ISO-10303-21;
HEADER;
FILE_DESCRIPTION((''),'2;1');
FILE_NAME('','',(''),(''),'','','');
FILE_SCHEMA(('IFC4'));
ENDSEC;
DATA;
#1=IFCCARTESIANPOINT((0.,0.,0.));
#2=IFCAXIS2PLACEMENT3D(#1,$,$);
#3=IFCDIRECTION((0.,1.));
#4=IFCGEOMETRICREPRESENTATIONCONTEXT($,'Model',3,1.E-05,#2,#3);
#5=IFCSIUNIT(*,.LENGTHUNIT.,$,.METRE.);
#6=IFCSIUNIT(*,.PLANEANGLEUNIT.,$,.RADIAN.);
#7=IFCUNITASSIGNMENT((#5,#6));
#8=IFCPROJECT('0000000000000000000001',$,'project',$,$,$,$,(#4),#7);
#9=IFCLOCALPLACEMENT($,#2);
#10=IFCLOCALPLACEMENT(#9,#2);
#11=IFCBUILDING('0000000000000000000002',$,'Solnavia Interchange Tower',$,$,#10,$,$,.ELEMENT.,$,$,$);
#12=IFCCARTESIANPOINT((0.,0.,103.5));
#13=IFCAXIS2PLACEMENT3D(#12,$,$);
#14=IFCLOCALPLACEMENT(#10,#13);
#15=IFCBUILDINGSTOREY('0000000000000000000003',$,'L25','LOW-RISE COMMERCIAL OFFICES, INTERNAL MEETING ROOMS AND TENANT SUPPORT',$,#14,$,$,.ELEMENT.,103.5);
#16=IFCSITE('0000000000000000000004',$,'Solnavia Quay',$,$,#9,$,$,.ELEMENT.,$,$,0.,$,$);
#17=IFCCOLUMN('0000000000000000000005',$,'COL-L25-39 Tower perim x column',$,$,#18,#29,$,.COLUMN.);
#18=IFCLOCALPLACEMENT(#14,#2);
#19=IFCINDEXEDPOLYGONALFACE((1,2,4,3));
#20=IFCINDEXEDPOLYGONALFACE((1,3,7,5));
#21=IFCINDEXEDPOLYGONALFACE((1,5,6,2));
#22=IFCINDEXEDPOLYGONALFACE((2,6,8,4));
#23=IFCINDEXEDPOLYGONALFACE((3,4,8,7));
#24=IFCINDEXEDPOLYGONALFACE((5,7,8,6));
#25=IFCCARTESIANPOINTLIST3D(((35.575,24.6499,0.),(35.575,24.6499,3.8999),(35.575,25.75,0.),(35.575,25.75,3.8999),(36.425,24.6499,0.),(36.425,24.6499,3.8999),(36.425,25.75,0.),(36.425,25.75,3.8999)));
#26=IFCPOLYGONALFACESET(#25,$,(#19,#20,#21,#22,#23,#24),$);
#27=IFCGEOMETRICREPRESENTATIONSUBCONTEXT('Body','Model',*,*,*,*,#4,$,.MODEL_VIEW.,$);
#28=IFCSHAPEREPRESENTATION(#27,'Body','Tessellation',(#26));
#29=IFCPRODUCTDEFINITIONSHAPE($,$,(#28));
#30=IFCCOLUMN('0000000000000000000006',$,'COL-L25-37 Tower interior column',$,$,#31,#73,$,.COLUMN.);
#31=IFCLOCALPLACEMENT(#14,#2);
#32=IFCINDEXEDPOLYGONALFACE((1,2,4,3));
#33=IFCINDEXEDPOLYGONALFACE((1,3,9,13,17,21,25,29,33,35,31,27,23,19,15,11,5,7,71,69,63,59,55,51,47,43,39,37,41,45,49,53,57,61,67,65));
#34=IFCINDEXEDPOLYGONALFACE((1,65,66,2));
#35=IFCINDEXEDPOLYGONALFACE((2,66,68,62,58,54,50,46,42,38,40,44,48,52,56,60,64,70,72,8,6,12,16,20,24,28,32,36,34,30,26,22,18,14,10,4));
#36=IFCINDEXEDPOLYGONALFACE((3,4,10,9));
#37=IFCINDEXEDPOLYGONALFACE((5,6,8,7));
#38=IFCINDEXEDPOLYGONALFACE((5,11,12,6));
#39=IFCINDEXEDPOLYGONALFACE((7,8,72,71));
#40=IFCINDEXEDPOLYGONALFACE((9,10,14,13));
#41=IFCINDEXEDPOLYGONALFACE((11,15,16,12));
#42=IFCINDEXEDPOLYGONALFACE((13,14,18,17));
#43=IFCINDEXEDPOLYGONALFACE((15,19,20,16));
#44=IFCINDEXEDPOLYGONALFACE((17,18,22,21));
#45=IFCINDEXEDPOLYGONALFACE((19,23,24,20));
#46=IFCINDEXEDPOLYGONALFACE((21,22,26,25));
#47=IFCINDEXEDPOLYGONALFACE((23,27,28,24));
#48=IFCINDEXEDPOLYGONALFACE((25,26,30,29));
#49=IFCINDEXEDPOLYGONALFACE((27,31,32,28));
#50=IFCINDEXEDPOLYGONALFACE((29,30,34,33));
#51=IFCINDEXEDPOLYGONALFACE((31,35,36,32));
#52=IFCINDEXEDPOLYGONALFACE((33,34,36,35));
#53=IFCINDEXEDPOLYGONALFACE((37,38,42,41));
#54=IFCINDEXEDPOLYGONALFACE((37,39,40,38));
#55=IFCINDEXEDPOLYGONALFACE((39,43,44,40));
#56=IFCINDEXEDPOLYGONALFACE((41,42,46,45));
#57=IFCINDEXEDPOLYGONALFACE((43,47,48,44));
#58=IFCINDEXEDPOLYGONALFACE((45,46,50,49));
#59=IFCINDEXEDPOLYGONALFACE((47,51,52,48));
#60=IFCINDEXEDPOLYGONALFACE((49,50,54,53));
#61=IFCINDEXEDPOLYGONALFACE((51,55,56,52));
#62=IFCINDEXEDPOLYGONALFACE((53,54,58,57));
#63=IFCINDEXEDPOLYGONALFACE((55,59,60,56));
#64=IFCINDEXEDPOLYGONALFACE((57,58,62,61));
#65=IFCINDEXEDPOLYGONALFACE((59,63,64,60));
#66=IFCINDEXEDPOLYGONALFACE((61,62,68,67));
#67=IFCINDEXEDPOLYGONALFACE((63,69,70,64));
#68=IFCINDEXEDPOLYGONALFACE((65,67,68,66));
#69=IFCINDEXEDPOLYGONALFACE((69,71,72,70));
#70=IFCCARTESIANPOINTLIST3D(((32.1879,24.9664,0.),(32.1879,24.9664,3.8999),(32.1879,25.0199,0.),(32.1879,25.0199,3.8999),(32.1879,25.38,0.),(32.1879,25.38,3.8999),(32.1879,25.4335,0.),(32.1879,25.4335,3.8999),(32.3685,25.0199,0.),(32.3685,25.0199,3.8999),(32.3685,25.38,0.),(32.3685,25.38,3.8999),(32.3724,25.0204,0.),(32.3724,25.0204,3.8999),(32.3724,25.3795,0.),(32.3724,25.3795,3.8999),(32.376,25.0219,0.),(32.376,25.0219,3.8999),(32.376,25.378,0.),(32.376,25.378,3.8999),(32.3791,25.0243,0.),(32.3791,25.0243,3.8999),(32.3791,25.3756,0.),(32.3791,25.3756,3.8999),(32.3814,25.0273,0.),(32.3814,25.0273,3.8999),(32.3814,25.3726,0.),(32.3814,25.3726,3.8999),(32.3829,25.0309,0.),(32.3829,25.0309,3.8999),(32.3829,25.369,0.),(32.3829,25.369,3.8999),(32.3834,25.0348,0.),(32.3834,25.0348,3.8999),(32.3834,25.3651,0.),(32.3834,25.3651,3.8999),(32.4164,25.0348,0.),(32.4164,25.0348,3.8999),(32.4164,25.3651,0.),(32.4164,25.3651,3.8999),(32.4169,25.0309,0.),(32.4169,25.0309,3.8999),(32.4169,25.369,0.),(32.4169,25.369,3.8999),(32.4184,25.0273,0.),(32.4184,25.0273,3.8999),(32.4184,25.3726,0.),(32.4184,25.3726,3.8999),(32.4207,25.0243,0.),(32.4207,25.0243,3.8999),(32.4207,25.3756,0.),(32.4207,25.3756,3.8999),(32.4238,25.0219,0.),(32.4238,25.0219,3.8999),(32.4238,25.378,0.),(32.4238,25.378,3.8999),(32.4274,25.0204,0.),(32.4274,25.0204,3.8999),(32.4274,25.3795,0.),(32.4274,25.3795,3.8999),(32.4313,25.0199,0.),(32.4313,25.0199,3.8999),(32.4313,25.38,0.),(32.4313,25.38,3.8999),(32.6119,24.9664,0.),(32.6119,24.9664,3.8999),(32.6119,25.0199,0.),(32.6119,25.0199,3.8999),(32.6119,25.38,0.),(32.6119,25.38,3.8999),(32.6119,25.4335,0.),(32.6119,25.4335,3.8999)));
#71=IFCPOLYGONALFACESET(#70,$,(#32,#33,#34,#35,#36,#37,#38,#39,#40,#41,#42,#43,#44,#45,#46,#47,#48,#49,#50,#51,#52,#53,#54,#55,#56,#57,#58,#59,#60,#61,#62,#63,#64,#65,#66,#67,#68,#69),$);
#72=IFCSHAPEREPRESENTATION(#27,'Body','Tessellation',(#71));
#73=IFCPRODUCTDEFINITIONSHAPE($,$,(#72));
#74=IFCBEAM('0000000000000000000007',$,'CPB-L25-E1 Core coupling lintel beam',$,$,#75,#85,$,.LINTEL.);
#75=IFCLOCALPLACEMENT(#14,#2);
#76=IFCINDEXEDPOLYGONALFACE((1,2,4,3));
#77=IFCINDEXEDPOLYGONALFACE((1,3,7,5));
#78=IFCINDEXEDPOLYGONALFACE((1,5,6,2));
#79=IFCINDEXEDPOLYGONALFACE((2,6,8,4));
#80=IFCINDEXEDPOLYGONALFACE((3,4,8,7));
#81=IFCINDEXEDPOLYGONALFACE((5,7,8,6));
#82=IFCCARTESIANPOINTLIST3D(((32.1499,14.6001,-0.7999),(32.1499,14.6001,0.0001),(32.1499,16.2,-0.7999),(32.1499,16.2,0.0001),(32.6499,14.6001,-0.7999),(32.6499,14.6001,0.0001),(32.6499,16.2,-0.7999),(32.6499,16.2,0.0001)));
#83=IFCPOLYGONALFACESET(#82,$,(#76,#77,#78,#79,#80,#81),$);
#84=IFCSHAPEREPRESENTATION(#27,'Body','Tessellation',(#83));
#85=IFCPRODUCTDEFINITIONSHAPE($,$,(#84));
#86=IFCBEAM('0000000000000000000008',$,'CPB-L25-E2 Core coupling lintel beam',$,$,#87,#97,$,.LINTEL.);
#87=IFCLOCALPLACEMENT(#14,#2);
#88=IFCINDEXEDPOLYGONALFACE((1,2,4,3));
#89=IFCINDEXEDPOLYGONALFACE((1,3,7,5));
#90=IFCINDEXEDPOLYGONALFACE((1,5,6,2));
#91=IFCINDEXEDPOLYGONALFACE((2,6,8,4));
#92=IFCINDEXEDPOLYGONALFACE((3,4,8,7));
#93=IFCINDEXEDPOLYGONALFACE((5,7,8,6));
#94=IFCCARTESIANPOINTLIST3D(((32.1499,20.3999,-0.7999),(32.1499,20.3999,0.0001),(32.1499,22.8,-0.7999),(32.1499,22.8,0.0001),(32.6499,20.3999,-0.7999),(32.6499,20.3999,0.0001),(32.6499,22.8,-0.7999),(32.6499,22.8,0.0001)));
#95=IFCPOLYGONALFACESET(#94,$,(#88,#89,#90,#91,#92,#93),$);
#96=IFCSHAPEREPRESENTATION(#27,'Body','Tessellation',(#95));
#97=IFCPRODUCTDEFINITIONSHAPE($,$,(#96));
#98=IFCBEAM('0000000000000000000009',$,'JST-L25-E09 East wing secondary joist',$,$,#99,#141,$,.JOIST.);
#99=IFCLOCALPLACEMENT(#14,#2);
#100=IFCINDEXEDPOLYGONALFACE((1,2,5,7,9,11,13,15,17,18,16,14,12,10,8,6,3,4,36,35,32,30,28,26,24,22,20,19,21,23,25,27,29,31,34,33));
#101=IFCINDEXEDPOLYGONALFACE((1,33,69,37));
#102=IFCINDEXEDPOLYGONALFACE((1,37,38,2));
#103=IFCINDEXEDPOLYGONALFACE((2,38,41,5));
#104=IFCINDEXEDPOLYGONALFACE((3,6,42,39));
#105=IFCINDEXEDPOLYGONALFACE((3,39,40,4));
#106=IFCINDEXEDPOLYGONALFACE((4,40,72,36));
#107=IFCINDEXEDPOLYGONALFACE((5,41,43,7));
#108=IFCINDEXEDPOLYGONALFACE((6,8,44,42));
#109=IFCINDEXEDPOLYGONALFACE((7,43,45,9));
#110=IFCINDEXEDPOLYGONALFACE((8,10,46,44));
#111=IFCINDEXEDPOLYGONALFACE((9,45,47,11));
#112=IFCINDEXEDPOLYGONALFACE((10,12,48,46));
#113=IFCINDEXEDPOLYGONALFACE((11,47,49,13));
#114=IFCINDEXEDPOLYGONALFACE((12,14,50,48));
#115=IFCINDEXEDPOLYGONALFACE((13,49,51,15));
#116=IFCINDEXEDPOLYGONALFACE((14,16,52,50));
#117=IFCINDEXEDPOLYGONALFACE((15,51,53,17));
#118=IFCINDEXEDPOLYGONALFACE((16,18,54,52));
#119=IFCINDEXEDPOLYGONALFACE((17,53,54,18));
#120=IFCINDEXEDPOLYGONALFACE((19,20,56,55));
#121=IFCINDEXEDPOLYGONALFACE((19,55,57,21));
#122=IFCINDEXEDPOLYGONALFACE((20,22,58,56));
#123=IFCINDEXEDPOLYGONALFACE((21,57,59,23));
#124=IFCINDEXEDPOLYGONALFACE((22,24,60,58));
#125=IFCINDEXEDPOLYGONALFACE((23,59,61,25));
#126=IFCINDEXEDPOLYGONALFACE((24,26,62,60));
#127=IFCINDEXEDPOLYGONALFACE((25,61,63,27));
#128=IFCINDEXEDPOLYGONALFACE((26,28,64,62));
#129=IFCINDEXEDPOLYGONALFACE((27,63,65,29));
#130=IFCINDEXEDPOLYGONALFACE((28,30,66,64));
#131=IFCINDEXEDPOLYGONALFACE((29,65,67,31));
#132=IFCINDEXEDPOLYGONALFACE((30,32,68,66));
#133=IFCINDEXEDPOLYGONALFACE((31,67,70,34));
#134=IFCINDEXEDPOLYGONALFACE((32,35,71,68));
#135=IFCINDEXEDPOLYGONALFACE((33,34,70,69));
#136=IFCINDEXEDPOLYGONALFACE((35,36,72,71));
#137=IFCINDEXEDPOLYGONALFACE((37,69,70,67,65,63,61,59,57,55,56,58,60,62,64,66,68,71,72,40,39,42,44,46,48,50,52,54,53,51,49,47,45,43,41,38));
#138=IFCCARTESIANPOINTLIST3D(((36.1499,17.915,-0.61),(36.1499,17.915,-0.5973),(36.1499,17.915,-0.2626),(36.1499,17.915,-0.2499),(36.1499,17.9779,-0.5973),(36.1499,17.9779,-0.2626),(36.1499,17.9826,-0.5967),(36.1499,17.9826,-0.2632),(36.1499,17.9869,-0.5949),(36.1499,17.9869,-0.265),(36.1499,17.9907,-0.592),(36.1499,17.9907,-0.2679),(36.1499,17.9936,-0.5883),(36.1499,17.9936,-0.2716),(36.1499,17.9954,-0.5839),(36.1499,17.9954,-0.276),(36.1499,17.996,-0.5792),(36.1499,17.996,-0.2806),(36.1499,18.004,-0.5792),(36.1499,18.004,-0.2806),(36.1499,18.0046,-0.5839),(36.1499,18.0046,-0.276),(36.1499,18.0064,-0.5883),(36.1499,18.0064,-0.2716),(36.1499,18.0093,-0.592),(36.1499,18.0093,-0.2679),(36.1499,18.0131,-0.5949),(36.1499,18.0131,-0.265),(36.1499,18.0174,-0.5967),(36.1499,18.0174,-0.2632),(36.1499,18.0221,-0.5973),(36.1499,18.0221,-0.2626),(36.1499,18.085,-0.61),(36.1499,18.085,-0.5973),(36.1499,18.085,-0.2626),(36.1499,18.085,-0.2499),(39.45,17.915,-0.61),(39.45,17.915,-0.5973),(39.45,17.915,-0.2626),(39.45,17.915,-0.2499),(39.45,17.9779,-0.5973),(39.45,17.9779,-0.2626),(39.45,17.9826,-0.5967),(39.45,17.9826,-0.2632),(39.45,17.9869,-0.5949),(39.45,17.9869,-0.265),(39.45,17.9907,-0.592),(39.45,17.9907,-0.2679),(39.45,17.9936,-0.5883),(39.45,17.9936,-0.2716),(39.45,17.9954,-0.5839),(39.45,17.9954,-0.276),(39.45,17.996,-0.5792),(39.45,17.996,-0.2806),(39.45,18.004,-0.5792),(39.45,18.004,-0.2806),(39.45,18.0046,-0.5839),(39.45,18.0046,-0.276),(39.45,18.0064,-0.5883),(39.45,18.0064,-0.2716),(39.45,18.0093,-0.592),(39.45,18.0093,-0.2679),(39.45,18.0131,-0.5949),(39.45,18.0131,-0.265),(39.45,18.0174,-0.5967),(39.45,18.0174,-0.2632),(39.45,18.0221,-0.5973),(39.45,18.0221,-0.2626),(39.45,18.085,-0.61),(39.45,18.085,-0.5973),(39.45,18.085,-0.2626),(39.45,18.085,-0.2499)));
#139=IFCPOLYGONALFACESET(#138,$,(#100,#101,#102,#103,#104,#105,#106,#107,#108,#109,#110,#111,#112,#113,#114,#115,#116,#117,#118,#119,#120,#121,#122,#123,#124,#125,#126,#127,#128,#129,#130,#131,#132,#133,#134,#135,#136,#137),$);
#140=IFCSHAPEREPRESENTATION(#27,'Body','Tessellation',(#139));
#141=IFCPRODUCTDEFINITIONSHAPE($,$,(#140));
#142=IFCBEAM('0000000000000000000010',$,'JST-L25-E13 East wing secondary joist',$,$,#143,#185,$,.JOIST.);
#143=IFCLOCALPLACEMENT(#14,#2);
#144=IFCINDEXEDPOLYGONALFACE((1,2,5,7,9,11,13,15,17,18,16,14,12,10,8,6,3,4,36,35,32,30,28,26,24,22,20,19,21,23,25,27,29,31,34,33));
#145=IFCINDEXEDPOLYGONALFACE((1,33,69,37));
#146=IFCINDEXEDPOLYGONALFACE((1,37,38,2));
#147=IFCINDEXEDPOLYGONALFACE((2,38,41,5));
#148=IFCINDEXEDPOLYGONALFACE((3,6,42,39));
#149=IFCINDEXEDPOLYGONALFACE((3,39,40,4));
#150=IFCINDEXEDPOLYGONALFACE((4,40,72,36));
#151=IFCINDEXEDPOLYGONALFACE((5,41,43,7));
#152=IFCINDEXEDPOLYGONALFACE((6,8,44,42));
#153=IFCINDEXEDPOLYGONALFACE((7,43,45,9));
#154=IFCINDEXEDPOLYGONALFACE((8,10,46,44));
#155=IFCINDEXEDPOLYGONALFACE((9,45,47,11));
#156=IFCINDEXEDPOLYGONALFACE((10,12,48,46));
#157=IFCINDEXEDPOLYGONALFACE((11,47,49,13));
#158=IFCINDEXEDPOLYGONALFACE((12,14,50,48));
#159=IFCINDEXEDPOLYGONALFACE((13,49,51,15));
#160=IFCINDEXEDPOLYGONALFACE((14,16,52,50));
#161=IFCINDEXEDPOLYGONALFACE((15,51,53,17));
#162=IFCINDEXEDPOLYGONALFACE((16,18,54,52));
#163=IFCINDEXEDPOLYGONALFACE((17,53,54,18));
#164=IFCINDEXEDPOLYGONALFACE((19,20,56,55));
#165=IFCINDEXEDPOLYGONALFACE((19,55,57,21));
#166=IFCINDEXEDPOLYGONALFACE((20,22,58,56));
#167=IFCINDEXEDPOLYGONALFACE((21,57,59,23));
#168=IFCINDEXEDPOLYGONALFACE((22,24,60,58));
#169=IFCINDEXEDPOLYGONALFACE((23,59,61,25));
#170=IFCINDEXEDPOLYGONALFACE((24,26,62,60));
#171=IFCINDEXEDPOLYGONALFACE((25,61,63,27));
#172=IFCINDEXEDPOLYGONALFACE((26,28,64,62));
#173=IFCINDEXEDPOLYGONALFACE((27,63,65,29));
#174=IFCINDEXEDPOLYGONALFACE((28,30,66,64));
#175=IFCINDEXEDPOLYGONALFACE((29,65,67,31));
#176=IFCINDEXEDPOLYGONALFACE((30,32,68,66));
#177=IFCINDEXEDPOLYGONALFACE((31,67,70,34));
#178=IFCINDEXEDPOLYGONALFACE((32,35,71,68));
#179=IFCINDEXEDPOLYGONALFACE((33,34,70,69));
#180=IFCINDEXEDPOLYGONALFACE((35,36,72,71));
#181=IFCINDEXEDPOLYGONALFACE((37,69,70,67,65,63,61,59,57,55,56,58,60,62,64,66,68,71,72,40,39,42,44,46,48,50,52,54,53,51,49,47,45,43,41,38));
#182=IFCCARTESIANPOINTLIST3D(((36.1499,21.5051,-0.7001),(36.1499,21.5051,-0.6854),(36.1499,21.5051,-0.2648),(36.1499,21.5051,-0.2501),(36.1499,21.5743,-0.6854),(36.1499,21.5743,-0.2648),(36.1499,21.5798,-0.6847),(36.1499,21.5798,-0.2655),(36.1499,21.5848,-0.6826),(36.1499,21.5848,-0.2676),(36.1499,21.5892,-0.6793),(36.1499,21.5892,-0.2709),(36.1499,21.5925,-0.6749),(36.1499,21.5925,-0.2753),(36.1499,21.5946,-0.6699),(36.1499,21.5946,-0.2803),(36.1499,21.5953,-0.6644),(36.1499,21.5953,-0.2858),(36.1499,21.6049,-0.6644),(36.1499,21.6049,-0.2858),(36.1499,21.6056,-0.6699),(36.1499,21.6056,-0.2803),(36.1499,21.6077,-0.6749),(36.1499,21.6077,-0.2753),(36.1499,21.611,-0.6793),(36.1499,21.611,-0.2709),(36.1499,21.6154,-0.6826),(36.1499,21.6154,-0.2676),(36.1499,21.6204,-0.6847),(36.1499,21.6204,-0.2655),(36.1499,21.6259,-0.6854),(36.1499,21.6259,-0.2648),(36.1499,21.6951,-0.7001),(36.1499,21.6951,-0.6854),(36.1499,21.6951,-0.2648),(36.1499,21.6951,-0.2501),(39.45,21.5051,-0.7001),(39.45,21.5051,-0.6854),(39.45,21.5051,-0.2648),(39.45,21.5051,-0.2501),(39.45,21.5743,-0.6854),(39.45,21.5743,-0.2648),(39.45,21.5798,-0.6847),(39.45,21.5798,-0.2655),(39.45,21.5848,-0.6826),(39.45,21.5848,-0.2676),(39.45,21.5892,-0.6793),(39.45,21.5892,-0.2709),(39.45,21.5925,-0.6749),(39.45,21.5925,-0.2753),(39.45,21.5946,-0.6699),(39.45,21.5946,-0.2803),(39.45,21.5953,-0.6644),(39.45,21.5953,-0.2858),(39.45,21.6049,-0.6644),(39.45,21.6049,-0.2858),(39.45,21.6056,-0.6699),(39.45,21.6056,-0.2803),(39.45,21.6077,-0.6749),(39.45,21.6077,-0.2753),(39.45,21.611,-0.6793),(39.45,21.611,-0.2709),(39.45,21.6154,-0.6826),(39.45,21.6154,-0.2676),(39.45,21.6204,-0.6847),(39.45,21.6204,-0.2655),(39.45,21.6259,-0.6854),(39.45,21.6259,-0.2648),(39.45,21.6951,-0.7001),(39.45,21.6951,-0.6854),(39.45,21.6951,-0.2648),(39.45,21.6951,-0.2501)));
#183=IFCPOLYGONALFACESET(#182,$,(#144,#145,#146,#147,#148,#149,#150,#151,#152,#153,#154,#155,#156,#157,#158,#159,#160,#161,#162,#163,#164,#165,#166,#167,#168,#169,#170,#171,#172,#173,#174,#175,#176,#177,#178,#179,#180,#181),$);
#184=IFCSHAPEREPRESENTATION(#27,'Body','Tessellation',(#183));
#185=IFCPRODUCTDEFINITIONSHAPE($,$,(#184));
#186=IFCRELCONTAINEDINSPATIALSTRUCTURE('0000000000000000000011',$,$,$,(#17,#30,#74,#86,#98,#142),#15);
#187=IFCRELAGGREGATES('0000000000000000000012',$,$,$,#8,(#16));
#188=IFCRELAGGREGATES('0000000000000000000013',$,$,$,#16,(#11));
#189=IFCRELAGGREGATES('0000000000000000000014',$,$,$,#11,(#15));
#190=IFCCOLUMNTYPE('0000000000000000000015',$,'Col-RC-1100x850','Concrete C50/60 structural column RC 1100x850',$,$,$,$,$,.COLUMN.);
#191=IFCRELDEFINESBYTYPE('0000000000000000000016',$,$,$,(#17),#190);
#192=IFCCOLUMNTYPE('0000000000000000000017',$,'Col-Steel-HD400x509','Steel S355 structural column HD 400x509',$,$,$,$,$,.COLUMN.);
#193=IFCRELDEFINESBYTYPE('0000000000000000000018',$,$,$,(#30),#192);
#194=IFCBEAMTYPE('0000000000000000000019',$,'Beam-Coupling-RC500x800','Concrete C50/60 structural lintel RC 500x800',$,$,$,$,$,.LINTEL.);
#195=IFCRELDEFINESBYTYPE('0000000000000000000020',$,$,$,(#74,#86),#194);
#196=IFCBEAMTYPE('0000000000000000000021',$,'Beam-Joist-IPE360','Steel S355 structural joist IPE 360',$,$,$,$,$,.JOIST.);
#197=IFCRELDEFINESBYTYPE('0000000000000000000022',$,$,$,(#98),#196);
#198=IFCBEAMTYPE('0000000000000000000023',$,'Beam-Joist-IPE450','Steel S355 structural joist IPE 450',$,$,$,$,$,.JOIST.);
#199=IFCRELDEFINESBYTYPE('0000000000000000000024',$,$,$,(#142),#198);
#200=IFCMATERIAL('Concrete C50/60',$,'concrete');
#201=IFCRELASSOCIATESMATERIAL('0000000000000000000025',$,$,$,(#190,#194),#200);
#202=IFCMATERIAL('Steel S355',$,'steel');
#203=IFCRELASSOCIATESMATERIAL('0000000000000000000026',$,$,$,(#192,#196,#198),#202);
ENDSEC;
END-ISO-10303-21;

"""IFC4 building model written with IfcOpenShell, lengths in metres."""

from ifc_helpers import new_model, si_unit, direction, frame, origin, origin_2d, place, context, subcontext, project, spatial, rectangle, i_section, extrude, material, material_profile, profile_set, type_object, element, save


model = new_model("IFC4")

# Units and contexts
model_context = context("Model", 3, precision=1e-05, world=origin(), true_north=direction((0.0, 1.0)))
body_context = subcontext(model_context, "Body", "Model", "MODEL_VIEW")
ifc_project = project(units=[si_unit("LENGTHUNIT", "METRE"), si_unit("PLANEANGLEUNIT", "RADIAN")], contexts=[model_context])

# Site, building, storey
site_placement = place(None, origin())
site = spatial("IfcSite", under=ifc_project, at=site_placement, Name="Solnavia Quay", CompositionType="ELEMENT", RefElevation=0.0)
building_placement = place(site_placement, origin())
building = spatial("IfcBuilding", under=site, at=building_placement, Name="Solnavia Interchange Tower", CompositionType="ELEMENT")
storey_placement = place(building_placement, frame((0.0, 0.0, 103.5)))
storey = spatial("IfcBuildingStorey", under=building, at=storey_placement, Name="L25", Description="LOW-RISE COMMERCIAL OFFICES, INTERNAL MEETING ROOMS AND TENANT SUPPORT", CompositionType="ELEMENT", Elevation=103.5)

# Columns
ifc_material_1 = material(Name="Concrete C50/60", Category="concrete")
ifc_material_profile_1 = material_profile(ifc_material_1, rectangle(XDim=0.8501, YDim=1.1001, at=origin_2d()), Name="RC 1100x850")
ifc_profile_set_1 = profile_set([ifc_material_profile_1], Name="Concrete C50/60")
column_type_1 = type_object("IfcColumnType", Name="Col-RC-1100x850", Description="Concrete C50/60 structural column RC 1100x850", PredefinedType="COLUMN", material=ifc_profile_set_1)
column_1_placement = place(storey_placement, frame((36.0, 25.2, 0.0), z_axis=(0.0, 0.0, 1.0), x_axis=(1.0, 0.0, 0.0)))
element("IfcColumn", 1, at=column_1_placement, inside=storey, type_object=column_type_1, Name="COL-L25-39 Tower perim x column", PredefinedType="COLUMN", context=body_context, shape_type="SweptSolid", body=[
    extrude(rectangle(XDim=0.8501, YDim=1.1001, at=origin_2d()), origin(), (0.0, 0.0, 1.0), 3.8999),
])
ifc_material_2 = material(Name="Steel S355", Category="steel")
ifc_material_profile_2 = material_profile(ifc_material_2, i_section(OverallWidth=0.4241, OverallDepth=0.467, WebThickness=0.033, FlangeThickness=0.0535, FilletRadius=0.0149, at=origin_2d()), Name="HD 400x509")
ifc_profile_set_2 = profile_set([ifc_material_profile_2], Name="Steel S355")
column_type_2 = type_object("IfcColumnType", Name="Col-Steel-HD400x509", Description="Steel S355 structural column HD 400x509", PredefinedType="COLUMN", material=ifc_profile_set_2)
column_2_placement = place(storey_placement, frame((32.3999, 25.2, 0.0), z_axis=(0.0, 0.0, 1.0), x_axis=(1.0, 0.0, 0.0)))
element("IfcColumn", 2, at=column_2_placement, inside=storey, type_object=column_type_2, Name="COL-L25-37 Tower interior column", PredefinedType="COLUMN", context=body_context, shape_type="SweptSolid", body=[
    extrude(i_section(OverallWidth=0.4241, OverallDepth=0.467, WebThickness=0.033, FlangeThickness=0.0535, FilletRadius=0.0149, at=origin_2d()), origin(), (0.0, 0.0, 1.0), 3.8999),
])

# Beams
ifc_material_profile_3 = material_profile(ifc_material_1, rectangle(XDim=0.5, YDim=0.8, at=origin_2d()), Name="RC 500x800")
ifc_profile_set_3 = profile_set([ifc_material_profile_3], Name="Concrete C50/60")
beam_type_1 = type_object("IfcBeamType", Name="Beam-Coupling-RC500x800", Description="Concrete C50/60 structural lintel RC 500x800", PredefinedType="LINTEL", material=ifc_profile_set_3)
beam_1_placement = place(storey_placement, frame((32.3999, 14.6001, -0.3999), z_axis=(0.0, 1.0, 0.0), x_axis=(-1.0, 0.0, 0.0)))
element("IfcBeam", 3, at=beam_1_placement, inside=storey, type_object=beam_type_1, Name="CPB-L25-E1 Core coupling lintel beam", PredefinedType="LINTEL", context=body_context, shape_type="SweptSolid", body=[
    extrude(rectangle(XDim=0.5, YDim=0.8, at=origin_2d()), origin(), (0.0, 0.0, 1.0), 1.5999),
])
beam_2_placement = place(storey_placement, frame((32.3999, 20.3999, -0.3999), z_axis=(0.0, 1.0, 0.0), x_axis=(-1.0, 0.0, 0.0)))
element("IfcBeam", 4, at=beam_2_placement, inside=storey, type_object=beam_type_1, Name="CPB-L25-E2 Core coupling lintel beam", PredefinedType="LINTEL", context=body_context, shape_type="SweptSolid", body=[
    extrude(rectangle(XDim=0.5, YDim=0.8, at=origin_2d()), origin(), (0.0, 0.0, 1.0), 2.4001),
])
ifc_material_profile_4 = material_profile(ifc_material_2, i_section(OverallWidth=0.1699, OverallDepth=0.3601, WebThickness=0.0081, FlangeThickness=0.0127, FilletRadius=0.0181, at=origin_2d()), Name="IPE 360")
ifc_profile_set_4 = profile_set([ifc_material_profile_4], Name="Steel S355")
beam_type_2 = type_object("IfcBeamType", Name="Beam-Joist-IPE360", Description="Steel S355 structural joist IPE 360", PredefinedType="JOIST", material=ifc_profile_set_4)
beam_3_placement = place(storey_placement, frame((36.1499, 18.0, -0.4299), z_axis=(1.0, 0.0, 0.0), x_axis=(0.0, 1.0, 0.0)))
element("IfcBeam", 5, at=beam_3_placement, inside=storey, type_object=beam_type_2, Name="JST-L25-E09 East wing secondary joist", PredefinedType="JOIST", context=body_context, shape_type="SweptSolid", body=[
    extrude(i_section(OverallWidth=0.1699, OverallDepth=0.3601, WebThickness=0.0081, FlangeThickness=0.0127, FilletRadius=0.0181, at=origin_2d()), origin(), (0.0, 0.0, 1.0), 3.3),
])
ifc_material_profile_5 = material_profile(ifc_material_2, i_section(OverallWidth=0.1899, OverallDepth=0.45, WebThickness=0.0095, FlangeThickness=0.0146, FilletRadius=0.021, at=origin_2d()), Name="IPE 450")
ifc_profile_set_5 = profile_set([ifc_material_profile_5], Name="Steel S355")
beam_type_3 = type_object("IfcBeamType", Name="Beam-Joist-IPE450", Description="Steel S355 structural joist IPE 450", PredefinedType="JOIST", material=ifc_profile_set_5)
beam_4_placement = place(storey_placement, frame((36.1499, 21.6001, -0.4751), z_axis=(1.0, 0.0, 0.0), x_axis=(0.0, 1.0, 0.0)))
element("IfcBeam", 6, at=beam_4_placement, inside=storey, type_object=beam_type_3, Name="JST-L25-E13 East wing secondary joist", PredefinedType="JOIST", context=body_context, shape_type="SweptSolid", body=[
    extrude(i_section(OverallWidth=0.1899, OverallDepth=0.45, WebThickness=0.0095, FlangeThickness=0.0146, FilletRadius=0.021, at=origin_2d()), origin(), (0.0, 0.0, 1.0), 3.3),
])

save(model, "model.ifc")
